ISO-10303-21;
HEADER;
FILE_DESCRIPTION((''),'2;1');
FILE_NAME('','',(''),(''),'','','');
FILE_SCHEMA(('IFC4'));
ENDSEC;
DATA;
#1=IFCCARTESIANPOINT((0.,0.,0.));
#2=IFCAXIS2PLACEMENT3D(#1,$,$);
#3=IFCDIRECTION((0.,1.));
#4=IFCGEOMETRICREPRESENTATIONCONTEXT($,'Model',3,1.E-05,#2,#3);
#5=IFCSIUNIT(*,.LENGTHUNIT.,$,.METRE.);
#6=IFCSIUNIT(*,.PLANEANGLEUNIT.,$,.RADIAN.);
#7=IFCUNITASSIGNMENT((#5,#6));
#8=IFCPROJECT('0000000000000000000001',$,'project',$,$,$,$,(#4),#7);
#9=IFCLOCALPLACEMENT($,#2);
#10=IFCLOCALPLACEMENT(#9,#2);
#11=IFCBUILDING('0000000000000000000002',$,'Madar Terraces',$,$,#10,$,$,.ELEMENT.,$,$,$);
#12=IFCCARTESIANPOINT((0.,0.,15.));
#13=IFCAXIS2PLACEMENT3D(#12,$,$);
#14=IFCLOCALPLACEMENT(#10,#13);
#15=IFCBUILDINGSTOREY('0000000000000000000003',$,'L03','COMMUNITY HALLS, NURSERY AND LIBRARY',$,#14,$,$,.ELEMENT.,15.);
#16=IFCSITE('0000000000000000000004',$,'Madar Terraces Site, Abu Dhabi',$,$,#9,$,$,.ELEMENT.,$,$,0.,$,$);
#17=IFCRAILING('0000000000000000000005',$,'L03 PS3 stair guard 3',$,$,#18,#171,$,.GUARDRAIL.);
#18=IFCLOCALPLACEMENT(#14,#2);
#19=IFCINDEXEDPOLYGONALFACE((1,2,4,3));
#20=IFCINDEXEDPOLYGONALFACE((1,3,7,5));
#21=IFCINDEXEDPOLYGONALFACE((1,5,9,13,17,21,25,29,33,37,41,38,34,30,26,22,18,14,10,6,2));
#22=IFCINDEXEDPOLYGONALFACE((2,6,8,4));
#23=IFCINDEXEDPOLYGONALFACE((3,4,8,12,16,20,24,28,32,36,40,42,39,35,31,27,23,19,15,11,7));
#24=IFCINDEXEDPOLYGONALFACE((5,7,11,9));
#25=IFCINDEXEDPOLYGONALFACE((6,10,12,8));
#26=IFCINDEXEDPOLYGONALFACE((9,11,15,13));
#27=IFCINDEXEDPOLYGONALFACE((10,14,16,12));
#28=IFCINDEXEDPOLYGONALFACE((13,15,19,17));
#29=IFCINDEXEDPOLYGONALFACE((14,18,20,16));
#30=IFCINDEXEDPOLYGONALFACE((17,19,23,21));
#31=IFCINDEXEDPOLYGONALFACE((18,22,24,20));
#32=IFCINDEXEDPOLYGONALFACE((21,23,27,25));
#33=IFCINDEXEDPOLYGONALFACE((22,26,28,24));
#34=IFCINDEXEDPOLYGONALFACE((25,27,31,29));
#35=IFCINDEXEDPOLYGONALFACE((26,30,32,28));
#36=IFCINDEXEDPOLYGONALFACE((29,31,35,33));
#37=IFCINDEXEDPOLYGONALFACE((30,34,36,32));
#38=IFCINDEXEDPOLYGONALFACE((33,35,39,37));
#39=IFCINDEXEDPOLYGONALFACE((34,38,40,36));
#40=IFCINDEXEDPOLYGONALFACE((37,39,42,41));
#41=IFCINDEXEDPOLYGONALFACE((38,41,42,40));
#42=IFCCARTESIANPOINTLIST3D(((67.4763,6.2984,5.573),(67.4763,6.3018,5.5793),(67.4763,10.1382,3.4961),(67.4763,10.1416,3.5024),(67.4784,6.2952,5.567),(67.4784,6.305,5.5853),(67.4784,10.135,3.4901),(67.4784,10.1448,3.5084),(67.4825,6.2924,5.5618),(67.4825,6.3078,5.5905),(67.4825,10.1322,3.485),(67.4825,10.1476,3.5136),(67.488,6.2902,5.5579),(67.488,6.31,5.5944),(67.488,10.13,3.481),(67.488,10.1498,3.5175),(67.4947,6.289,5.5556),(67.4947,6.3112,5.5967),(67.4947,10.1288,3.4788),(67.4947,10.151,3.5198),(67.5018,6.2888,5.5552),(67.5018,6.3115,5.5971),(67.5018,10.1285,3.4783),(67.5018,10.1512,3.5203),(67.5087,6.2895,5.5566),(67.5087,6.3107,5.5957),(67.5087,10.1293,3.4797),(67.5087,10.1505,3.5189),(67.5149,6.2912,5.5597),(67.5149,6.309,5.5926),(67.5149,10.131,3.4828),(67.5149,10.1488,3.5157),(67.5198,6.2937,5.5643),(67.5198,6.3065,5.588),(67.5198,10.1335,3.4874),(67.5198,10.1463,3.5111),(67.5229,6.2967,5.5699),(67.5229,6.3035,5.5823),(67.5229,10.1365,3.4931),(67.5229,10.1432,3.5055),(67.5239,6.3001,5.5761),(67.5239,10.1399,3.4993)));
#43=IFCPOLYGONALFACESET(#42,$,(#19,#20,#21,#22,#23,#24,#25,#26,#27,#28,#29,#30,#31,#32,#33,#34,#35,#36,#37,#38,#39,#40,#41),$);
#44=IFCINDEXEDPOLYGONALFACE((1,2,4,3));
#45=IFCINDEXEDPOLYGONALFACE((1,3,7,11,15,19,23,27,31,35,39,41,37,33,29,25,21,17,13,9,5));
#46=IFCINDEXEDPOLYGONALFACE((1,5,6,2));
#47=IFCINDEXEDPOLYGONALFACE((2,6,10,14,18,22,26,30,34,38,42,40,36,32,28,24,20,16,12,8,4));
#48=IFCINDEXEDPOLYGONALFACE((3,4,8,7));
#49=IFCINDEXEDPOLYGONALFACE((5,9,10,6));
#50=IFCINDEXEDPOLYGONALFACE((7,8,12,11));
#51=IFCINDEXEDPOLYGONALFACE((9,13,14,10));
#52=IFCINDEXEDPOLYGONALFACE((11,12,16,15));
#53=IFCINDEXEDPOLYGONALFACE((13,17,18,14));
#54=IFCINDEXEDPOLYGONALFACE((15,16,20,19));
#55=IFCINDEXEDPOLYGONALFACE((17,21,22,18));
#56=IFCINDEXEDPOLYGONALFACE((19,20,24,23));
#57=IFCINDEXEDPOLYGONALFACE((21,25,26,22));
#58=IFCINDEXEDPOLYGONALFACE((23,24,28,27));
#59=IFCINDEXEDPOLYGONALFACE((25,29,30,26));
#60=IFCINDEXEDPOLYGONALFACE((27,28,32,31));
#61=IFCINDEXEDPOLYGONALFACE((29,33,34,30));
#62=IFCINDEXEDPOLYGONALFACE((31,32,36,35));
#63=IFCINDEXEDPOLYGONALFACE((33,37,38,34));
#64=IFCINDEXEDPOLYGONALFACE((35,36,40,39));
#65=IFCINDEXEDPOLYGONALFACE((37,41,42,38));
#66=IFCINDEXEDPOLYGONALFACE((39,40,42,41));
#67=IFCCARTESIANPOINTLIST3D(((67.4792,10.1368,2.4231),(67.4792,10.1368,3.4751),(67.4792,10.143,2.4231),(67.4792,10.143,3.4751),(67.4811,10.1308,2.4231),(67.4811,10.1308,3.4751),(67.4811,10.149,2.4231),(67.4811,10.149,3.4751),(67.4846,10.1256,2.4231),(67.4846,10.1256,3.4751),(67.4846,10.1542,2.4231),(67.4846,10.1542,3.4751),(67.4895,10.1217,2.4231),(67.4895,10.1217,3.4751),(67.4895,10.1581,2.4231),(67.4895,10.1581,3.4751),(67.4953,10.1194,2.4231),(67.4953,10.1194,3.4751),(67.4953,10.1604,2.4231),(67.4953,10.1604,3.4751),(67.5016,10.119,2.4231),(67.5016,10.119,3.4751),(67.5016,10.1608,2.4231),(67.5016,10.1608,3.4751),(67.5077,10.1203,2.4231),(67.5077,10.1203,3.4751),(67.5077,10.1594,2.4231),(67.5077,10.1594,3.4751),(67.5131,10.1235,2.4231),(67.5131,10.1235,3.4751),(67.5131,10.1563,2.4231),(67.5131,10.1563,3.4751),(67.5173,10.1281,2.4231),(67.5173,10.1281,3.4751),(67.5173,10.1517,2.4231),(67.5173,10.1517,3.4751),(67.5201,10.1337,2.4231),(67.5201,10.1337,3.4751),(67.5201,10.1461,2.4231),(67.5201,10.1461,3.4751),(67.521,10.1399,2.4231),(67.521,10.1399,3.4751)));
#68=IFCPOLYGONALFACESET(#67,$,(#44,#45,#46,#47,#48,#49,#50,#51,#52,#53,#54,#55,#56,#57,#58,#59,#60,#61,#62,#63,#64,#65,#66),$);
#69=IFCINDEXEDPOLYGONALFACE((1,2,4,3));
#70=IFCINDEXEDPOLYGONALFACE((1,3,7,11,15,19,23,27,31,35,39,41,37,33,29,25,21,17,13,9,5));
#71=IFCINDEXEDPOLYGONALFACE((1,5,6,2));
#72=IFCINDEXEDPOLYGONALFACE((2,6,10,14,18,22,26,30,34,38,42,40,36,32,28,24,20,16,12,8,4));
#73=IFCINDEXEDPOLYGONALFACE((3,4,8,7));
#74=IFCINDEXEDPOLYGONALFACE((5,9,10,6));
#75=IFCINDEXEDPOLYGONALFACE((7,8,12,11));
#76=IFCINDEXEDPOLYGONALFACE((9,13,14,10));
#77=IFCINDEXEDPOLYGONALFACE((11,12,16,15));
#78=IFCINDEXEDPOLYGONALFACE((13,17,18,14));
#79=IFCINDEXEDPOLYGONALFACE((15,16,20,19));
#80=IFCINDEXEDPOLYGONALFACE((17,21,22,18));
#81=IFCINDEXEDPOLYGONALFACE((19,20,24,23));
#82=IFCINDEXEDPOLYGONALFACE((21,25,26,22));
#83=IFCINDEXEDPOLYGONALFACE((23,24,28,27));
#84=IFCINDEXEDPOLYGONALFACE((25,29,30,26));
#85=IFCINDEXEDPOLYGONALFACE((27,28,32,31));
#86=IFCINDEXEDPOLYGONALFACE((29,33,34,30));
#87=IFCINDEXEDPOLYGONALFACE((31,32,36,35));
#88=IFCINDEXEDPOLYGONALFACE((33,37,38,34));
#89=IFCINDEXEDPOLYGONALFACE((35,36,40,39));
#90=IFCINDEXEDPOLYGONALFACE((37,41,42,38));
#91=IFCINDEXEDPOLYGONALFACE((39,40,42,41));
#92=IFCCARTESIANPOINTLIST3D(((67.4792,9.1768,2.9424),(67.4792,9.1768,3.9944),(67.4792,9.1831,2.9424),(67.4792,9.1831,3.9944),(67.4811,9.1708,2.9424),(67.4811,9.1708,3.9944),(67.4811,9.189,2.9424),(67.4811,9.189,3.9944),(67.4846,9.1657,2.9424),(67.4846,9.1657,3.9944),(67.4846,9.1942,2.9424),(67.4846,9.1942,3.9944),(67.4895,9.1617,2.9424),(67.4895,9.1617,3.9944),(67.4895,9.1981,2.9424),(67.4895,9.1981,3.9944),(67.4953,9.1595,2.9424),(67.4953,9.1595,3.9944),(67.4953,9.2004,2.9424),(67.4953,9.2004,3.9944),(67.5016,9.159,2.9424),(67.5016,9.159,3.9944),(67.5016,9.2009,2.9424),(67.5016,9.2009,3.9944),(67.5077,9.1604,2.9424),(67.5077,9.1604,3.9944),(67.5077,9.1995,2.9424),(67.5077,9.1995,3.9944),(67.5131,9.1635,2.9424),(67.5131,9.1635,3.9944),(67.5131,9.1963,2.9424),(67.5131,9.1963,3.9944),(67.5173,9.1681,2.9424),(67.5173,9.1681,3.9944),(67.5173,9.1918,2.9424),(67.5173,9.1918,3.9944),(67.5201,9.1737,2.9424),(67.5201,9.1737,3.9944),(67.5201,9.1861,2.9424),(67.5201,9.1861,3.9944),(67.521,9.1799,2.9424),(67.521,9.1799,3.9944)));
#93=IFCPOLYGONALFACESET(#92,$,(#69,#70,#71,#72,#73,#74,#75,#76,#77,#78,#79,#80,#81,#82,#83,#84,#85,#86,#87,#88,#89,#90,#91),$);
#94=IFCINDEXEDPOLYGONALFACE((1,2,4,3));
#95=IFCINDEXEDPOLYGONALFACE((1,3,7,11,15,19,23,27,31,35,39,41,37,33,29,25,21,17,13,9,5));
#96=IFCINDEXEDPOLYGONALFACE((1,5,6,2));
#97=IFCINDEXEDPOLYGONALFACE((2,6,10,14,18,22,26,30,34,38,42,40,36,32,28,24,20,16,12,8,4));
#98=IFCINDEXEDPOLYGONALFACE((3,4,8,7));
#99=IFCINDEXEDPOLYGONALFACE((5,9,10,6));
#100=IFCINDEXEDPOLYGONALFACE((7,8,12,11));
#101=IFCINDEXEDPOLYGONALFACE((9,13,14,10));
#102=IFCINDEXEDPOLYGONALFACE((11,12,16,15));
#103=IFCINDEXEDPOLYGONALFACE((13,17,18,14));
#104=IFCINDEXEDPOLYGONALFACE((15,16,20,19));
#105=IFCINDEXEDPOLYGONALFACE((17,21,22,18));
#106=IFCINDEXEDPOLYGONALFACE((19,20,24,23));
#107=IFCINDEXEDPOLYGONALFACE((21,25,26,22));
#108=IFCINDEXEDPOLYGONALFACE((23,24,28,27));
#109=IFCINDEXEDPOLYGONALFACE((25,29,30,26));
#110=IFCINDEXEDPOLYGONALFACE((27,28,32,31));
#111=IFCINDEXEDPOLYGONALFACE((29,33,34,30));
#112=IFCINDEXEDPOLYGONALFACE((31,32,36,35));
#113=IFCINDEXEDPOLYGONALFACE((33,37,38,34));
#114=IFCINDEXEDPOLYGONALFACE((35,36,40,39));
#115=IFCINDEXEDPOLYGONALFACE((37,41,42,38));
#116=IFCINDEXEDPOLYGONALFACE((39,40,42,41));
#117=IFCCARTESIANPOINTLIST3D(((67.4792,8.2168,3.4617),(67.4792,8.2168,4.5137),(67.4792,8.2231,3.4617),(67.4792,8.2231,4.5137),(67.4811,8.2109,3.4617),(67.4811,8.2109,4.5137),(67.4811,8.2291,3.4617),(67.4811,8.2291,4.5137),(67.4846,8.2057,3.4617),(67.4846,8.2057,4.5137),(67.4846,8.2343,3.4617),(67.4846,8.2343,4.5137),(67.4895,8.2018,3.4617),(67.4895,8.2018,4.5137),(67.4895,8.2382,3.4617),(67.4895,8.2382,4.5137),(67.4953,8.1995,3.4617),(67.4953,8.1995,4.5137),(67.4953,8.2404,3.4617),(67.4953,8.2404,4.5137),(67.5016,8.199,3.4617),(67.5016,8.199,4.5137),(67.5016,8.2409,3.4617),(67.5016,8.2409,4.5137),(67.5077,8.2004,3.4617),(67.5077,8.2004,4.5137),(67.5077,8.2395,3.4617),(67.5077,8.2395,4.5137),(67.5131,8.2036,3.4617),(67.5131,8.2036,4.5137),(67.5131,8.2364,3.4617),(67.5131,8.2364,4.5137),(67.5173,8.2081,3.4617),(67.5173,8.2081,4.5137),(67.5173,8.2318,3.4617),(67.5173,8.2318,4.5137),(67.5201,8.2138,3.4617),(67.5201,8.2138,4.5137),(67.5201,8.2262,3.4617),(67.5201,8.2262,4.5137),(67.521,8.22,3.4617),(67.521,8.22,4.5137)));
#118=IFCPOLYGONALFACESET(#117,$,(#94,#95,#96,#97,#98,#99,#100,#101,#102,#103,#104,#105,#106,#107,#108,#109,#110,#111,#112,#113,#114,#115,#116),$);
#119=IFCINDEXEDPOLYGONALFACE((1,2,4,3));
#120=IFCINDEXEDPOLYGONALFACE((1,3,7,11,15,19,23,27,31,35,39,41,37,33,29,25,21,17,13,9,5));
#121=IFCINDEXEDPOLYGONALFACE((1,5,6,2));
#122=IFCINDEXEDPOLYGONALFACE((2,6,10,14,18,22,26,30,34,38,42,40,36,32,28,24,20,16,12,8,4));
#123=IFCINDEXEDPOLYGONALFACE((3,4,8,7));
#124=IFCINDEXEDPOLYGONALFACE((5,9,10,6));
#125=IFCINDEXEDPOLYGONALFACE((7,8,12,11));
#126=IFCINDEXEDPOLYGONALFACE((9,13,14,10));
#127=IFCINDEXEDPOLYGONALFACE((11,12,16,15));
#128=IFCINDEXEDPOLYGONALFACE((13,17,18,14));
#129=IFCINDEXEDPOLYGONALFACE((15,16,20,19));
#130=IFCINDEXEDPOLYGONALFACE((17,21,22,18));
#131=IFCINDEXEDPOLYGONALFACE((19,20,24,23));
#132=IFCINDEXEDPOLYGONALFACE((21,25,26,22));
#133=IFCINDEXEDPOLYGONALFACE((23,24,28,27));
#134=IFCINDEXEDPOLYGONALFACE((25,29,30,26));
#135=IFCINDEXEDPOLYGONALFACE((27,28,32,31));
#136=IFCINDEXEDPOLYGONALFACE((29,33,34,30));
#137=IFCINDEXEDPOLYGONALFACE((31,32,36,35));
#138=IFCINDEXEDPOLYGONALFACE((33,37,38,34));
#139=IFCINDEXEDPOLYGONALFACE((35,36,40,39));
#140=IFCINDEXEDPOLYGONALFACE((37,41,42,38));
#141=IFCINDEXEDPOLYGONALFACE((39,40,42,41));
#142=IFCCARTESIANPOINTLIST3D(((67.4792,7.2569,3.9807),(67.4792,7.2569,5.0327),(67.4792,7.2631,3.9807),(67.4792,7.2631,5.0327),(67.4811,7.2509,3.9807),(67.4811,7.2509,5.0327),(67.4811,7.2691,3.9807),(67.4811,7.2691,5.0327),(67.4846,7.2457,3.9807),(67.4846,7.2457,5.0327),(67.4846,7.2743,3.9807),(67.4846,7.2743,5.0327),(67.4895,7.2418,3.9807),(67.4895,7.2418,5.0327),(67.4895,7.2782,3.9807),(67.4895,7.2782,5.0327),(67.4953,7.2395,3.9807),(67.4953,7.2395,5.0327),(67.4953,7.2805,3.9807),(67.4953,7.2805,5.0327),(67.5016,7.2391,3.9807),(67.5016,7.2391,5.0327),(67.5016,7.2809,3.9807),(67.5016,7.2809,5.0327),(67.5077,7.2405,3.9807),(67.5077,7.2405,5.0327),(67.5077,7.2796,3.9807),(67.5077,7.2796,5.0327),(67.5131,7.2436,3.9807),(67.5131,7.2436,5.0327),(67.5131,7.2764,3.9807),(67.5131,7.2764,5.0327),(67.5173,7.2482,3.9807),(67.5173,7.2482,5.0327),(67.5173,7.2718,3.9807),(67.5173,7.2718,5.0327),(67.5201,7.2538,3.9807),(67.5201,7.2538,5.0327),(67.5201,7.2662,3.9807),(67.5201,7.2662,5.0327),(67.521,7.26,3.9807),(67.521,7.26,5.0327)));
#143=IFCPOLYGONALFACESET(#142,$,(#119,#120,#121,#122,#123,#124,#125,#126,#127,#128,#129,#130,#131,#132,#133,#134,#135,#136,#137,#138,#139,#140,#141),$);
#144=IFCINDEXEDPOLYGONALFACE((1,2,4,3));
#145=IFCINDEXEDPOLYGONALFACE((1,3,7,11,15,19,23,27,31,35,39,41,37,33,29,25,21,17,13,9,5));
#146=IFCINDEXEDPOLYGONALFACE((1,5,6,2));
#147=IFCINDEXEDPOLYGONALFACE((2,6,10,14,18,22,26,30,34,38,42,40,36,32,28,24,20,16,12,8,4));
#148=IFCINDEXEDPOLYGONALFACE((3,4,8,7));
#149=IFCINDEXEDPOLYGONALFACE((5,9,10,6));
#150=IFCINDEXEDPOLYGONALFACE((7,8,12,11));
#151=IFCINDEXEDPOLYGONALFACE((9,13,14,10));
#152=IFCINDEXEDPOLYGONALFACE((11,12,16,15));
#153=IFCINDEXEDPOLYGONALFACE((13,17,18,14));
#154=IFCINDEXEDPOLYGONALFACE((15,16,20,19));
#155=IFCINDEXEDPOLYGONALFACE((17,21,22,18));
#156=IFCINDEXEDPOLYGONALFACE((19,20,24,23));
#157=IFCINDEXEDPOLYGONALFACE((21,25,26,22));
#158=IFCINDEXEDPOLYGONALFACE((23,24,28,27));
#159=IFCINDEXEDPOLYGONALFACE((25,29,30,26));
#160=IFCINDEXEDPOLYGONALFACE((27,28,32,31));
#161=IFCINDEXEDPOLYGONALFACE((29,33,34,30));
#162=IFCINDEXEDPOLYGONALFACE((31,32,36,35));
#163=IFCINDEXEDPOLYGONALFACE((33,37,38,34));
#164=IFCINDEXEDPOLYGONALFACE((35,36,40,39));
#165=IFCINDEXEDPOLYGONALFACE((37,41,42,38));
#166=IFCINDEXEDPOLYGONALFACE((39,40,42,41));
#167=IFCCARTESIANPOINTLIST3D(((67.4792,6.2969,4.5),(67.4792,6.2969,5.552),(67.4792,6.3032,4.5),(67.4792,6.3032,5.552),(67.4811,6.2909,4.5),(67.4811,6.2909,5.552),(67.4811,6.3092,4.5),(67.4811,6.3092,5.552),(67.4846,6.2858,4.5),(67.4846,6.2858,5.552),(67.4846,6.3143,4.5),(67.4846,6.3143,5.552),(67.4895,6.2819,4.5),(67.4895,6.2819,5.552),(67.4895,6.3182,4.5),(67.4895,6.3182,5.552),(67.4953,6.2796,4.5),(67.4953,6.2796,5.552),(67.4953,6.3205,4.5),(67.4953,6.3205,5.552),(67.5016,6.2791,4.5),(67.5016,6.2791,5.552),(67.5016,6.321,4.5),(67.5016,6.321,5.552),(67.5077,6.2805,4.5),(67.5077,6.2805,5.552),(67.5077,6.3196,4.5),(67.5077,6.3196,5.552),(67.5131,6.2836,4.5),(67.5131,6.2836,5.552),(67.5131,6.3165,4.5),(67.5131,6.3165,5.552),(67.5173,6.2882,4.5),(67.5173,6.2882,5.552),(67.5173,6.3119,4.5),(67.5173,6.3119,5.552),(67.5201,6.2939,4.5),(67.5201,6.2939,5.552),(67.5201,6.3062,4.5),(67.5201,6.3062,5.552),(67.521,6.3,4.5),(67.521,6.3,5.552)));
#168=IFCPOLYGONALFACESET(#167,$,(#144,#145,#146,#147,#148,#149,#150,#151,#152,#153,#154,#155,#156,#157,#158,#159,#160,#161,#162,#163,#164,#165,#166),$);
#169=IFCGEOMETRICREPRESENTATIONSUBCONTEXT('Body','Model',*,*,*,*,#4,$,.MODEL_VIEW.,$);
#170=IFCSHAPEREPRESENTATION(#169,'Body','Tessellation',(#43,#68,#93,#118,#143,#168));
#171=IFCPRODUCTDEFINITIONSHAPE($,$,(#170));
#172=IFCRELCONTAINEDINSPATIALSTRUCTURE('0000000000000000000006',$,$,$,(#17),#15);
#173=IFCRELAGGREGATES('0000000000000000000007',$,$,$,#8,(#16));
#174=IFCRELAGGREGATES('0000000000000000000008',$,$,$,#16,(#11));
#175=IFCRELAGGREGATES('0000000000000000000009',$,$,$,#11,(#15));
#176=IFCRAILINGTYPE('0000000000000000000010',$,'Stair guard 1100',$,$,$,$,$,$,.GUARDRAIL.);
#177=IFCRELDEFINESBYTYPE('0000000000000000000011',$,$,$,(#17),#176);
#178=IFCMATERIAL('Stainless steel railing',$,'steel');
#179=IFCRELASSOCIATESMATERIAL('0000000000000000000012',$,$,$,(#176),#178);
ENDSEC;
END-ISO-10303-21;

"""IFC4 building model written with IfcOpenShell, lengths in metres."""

from ifc_helpers import new_model, si_unit, direction, frame, origin, origin_2d, place, context, subcontext, project, spatial, circle, extrude, material, type_object, element, save


model = new_model("IFC4")

# Units and contexts
model_context = context("Model", 3, precision=1e-05, world=origin(), true_north=direction((0.0, 1.0)))
body_context = subcontext(model_context, "Body", "Model", "MODEL_VIEW")
ifc_project = project(units=[si_unit("LENGTHUNIT", "METRE"), si_unit("PLANEANGLEUNIT", "RADIAN")], contexts=[model_context])

# Site, building, storey
site_placement = place(None, origin())
site = spatial("IfcSite", under=ifc_project, at=site_placement, Name="Madar Terraces Site, Abu Dhabi", CompositionType="ELEMENT", RefElevation=0.0)
building_placement = place(site_placement, origin())
building = spatial("IfcBuilding", under=site, at=building_placement, Name="Madar Terraces", CompositionType="ELEMENT")
storey_placement = place(building_placement, frame((0.0, 0.0, 15.0)))
storey = spatial("IfcBuildingStorey", under=building, at=storey_placement, Name="L03", Description="COMMUNITY HALLS, NURSERY AND LIBRARY", CompositionType="ELEMENT", Elevation=15.0)

# Railing
ifc_material_1 = material(Name="Stainless steel railing", Category="steel")
railing_type_1 = type_object("IfcRailingType", Name="Stair guard 1100", PredefinedType="GUARDRAIL", material=ifc_material_1)
railing_1_placement = place(storey_placement, frame((67.5, 10.1399, 2.4231)))
element("IfcRailing", 1, at=railing_1_placement, inside=storey, type_object=railing_type_1, Name="L03 PS3 stair guard 3", PredefinedType="GUARDRAIL", context=body_context, shape_type="SweptSolid", body=[
    extrude(circle(Radius=0.0239, at=origin_2d()), frame((0.0, 0.0, 1.0762), z_axis=(0.0, -0.879581, 0.47575), x_axis=(1.0, 0.0, 0.0)), (0.0, 0.0, 1.0), 4.3655),
    extrude(circle(Radius=0.021, at=origin_2d()), origin(), (0.0, 0.0, 1.0), 1.052),
    extrude(circle(Radius=0.021, at=origin_2d()), frame((0.0, -0.96, 0.5193)), (0.0, 0.0, 1.0), 1.052),
    extrude(circle(Radius=0.021, at=origin_2d()), frame((0.0, -1.9199, 1.0386)), (0.0, 0.0, 1.0), 1.052),
    extrude(circle(Radius=0.021, at=origin_2d()), frame((0.0, -2.8799, 1.5576)), (0.0, 0.0, 1.0), 1.052),
    extrude(circle(Radius=0.021, at=origin_2d()), frame((0.0, -3.8398, 2.0769)), (0.0, 0.0, 1.0), 1.052),
])

save(model, "model.ifc")
